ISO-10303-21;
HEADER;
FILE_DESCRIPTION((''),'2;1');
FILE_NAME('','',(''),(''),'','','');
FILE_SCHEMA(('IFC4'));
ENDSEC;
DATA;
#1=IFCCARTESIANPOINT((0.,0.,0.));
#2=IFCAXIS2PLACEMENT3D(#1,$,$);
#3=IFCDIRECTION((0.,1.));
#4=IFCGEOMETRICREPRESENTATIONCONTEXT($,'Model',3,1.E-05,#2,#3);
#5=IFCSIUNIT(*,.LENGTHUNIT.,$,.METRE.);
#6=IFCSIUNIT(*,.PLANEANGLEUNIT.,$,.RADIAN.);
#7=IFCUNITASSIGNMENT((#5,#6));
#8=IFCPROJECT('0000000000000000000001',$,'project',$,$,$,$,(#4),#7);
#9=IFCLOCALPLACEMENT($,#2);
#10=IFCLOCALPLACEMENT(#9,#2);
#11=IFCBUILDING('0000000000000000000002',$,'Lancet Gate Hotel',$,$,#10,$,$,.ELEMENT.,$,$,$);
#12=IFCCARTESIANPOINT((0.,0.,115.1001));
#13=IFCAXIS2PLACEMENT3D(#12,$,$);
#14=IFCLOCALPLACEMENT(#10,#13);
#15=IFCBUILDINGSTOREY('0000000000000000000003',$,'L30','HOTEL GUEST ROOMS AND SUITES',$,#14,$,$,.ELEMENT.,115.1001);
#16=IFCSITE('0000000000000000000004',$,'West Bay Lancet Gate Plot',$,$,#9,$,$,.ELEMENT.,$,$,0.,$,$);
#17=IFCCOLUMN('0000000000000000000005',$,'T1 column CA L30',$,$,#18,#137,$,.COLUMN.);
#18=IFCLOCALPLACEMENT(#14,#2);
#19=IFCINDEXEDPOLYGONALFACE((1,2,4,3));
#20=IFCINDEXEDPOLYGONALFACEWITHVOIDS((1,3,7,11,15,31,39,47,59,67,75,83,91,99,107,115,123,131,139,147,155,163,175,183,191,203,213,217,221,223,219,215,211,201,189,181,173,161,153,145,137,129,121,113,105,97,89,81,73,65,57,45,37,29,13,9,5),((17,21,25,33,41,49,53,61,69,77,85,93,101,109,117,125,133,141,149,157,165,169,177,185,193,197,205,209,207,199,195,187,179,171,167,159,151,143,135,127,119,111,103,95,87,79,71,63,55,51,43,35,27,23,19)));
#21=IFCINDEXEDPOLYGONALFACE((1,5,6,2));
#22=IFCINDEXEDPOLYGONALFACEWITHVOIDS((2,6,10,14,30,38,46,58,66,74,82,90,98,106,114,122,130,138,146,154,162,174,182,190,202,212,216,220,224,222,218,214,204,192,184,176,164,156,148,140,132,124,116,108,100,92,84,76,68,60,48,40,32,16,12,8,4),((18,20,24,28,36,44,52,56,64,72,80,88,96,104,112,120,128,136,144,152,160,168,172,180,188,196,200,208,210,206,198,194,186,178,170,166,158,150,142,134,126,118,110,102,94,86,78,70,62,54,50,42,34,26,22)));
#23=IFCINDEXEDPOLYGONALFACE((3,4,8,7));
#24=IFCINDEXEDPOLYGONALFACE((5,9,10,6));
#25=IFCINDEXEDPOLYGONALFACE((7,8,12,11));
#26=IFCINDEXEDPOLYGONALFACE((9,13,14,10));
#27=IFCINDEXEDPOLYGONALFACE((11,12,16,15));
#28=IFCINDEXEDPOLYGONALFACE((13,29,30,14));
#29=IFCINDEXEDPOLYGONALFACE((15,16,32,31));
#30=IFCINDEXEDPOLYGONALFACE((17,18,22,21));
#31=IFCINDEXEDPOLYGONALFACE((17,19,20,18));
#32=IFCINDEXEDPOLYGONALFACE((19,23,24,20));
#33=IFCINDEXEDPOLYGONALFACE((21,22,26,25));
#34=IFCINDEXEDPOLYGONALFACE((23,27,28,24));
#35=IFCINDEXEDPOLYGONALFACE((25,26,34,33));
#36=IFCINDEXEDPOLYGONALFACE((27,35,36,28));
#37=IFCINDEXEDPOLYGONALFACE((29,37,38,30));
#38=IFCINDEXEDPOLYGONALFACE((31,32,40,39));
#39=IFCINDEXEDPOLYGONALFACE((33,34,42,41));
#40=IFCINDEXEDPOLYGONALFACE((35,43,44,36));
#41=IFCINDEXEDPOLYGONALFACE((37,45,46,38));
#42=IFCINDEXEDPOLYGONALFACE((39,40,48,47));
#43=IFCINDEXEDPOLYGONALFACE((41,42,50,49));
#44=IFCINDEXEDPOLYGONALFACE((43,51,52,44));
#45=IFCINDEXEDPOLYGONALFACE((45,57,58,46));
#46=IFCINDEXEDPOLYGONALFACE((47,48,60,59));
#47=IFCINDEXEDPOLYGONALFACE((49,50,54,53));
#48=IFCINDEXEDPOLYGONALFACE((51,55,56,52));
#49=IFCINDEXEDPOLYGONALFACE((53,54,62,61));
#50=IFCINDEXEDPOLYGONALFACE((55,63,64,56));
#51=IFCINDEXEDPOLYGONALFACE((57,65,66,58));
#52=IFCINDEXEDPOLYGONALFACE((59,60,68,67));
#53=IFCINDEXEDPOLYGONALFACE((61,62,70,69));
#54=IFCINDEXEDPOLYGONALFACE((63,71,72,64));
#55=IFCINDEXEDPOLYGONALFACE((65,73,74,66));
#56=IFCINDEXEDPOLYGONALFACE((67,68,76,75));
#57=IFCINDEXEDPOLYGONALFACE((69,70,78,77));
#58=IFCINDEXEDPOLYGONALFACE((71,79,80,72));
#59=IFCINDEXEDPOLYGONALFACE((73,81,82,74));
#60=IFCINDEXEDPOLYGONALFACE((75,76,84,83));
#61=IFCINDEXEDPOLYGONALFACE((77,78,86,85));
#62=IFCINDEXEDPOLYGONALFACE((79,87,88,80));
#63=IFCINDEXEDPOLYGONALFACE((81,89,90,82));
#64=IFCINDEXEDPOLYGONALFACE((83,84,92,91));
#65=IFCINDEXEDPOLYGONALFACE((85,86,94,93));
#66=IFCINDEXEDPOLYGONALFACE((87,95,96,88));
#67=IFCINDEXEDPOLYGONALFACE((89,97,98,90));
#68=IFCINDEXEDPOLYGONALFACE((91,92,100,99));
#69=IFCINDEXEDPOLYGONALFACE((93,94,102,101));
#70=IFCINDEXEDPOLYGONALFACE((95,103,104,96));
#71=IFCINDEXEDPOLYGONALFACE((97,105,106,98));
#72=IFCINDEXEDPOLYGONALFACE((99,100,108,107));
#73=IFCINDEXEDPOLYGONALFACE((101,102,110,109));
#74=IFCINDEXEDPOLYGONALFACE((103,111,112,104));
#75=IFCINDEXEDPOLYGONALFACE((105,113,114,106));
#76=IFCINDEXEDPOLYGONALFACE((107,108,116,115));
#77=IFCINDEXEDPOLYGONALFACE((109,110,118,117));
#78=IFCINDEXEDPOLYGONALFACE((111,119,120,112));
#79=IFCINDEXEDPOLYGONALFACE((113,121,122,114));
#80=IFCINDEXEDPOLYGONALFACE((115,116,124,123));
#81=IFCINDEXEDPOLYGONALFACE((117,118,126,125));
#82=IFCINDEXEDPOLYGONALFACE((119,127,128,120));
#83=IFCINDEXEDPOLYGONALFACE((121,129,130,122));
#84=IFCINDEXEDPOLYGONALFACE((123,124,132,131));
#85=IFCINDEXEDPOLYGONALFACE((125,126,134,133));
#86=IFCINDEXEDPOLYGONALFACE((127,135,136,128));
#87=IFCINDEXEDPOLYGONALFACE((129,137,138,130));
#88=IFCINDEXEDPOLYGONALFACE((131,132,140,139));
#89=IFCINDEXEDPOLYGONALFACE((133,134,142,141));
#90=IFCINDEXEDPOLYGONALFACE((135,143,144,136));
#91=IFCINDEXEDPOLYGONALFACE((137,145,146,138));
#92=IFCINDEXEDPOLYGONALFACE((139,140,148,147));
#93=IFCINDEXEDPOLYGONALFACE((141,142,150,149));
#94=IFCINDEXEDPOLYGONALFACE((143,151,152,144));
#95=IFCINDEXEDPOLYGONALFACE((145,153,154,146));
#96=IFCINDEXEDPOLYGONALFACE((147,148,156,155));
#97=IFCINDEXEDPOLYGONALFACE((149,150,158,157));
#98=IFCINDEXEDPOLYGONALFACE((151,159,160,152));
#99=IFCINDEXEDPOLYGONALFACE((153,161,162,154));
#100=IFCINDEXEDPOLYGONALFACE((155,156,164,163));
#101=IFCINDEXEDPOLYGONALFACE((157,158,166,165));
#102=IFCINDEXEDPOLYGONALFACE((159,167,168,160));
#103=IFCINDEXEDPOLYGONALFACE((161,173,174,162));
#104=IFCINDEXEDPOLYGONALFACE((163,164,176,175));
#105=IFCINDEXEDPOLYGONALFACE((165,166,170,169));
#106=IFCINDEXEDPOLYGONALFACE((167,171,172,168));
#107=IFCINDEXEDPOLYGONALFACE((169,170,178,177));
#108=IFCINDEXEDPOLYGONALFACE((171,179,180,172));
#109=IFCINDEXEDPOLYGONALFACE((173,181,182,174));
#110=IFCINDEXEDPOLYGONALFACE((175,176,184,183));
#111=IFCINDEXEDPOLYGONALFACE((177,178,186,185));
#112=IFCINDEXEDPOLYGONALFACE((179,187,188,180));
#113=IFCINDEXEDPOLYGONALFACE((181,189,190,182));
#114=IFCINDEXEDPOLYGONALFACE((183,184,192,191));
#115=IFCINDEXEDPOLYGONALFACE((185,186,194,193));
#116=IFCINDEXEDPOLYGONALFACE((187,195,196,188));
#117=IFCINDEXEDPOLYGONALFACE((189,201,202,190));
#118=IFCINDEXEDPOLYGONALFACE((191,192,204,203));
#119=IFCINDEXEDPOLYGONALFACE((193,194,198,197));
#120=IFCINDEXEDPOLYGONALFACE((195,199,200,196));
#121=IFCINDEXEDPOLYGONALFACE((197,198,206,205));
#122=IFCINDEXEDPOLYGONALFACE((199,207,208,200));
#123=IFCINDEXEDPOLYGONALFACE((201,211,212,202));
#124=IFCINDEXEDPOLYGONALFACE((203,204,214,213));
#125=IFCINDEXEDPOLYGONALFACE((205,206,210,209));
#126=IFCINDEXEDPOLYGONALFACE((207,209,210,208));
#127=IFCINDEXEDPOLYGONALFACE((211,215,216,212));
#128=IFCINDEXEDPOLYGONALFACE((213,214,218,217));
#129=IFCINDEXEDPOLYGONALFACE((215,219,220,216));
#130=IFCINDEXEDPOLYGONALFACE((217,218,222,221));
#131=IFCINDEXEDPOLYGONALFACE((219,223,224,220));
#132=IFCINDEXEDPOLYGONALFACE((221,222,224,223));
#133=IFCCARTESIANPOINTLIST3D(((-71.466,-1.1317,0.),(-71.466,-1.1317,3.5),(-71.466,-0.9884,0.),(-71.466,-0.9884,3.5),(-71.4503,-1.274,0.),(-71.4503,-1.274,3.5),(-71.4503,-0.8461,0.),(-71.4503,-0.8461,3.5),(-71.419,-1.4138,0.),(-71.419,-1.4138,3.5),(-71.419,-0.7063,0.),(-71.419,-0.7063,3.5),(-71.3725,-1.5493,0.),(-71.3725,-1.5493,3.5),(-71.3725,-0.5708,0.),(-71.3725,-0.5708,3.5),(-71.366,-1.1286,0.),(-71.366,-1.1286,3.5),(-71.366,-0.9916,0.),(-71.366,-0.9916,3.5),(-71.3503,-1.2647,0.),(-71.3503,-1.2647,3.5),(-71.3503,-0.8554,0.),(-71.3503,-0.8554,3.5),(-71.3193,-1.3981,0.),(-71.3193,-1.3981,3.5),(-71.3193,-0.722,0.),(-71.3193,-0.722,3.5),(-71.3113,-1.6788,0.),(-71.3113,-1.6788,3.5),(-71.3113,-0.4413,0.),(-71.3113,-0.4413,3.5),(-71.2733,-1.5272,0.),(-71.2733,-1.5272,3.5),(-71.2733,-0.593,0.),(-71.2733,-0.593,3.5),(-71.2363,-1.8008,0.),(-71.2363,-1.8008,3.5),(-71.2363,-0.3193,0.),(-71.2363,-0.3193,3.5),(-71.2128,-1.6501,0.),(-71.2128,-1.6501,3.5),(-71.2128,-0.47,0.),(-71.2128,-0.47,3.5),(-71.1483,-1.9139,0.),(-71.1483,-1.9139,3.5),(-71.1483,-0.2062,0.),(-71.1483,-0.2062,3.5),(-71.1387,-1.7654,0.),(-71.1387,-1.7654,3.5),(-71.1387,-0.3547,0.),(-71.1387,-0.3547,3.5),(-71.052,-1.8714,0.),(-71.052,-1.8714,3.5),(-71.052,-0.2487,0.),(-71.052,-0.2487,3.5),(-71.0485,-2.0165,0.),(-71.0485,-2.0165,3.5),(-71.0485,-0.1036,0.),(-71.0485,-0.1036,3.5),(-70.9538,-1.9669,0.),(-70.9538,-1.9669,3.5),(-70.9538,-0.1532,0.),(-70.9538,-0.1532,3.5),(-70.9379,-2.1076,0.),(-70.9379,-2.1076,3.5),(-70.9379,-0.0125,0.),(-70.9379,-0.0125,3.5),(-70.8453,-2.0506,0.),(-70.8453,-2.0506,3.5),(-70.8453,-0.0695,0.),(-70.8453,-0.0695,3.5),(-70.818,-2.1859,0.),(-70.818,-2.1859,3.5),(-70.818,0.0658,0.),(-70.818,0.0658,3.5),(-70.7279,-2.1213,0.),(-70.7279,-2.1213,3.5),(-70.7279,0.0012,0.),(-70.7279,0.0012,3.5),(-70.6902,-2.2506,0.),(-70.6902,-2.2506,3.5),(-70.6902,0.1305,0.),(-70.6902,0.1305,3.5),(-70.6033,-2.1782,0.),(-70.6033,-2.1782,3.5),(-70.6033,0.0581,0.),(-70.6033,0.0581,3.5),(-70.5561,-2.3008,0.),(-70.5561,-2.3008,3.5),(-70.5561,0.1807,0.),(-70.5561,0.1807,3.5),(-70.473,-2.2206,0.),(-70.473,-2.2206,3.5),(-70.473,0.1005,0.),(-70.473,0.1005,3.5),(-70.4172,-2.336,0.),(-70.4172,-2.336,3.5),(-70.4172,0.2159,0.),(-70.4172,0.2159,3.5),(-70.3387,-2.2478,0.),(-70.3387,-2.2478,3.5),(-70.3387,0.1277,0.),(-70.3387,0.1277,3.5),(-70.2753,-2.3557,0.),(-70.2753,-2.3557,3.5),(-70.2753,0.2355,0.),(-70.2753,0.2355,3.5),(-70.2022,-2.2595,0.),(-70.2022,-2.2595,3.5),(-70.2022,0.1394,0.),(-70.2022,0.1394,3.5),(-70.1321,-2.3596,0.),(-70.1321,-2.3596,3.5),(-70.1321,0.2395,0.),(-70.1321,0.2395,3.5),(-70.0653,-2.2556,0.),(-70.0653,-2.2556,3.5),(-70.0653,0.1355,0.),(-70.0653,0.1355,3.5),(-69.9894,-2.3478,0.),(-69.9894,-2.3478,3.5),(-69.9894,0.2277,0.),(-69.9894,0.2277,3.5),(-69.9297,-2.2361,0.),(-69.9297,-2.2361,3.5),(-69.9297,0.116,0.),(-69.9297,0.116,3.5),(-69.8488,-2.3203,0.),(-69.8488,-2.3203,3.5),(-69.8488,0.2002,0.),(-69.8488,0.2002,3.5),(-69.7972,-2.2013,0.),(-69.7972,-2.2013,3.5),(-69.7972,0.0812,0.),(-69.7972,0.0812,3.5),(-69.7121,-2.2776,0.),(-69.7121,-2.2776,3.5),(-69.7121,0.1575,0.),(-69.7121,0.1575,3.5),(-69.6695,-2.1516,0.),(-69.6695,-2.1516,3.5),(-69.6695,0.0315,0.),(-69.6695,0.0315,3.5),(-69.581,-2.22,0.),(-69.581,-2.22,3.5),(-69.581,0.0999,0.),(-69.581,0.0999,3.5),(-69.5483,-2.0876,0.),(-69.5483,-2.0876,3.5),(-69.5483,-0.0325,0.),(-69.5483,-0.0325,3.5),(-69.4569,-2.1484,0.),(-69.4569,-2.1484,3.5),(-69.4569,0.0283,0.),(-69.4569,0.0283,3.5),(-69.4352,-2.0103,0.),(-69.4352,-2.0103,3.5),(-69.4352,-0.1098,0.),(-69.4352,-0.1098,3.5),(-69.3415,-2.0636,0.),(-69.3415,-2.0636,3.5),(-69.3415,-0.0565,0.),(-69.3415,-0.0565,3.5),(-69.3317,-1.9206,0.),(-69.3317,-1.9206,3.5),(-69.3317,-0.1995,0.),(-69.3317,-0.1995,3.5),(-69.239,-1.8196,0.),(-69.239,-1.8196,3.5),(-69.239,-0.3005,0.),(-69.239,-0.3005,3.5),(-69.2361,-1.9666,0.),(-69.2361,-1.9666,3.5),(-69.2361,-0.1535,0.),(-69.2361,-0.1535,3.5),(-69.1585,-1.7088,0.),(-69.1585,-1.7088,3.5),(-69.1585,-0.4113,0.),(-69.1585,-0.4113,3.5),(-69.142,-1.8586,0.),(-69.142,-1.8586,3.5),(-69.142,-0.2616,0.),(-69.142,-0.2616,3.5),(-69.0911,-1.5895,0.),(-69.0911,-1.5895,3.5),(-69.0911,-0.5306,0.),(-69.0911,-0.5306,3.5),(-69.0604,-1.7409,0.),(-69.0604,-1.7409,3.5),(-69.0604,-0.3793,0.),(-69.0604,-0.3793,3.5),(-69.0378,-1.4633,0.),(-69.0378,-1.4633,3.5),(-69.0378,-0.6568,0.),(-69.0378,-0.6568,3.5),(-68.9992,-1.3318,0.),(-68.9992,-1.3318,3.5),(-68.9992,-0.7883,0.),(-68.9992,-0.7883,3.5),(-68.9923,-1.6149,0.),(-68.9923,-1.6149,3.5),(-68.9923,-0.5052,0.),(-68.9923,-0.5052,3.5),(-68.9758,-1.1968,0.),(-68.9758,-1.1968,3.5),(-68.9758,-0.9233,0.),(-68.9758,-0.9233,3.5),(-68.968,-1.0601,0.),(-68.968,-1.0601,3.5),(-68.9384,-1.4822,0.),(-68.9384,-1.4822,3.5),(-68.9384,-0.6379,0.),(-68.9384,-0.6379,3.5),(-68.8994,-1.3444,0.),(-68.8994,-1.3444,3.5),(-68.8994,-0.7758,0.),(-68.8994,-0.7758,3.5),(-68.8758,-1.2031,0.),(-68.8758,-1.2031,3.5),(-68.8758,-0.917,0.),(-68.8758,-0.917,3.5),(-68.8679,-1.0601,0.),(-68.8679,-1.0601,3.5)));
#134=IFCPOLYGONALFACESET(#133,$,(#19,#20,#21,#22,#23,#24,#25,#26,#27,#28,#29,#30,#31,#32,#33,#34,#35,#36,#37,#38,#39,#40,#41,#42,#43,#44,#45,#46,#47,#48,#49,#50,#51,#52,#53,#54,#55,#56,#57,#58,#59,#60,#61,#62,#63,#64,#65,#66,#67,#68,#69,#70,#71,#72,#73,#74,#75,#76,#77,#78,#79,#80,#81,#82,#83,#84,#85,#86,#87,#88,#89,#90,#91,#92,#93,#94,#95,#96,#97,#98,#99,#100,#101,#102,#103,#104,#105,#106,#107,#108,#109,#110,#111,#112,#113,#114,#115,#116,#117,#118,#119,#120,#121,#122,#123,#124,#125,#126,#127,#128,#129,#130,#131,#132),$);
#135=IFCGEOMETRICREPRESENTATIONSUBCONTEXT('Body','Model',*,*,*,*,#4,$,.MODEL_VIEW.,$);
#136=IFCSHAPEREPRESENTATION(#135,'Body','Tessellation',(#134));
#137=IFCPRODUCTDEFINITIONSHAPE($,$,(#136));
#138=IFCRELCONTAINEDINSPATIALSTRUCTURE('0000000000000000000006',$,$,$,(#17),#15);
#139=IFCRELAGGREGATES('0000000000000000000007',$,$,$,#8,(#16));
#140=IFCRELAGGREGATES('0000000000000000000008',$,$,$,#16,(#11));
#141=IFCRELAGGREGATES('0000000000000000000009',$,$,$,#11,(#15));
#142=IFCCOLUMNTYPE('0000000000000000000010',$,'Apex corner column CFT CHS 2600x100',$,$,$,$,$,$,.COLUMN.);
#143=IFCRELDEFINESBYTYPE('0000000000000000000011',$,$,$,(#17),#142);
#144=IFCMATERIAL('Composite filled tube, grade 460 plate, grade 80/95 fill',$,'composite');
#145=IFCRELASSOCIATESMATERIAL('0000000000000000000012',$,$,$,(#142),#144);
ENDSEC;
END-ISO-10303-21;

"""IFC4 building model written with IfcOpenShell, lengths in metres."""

from ifc_helpers import new_model, si_unit, direction, frame, origin, origin_2d, place, context, subcontext, project, spatial, hollow_circle, extrude, material, material_profile, profile_set, type_object, element, save


model = new_model("IFC4")

# Units and contexts
model_context = context("Model", 3, precision=1e-05, world=origin(), true_north=direction((0.0, 1.0)))
body_context = subcontext(model_context, "Body", "Model", "MODEL_VIEW")
ifc_project = project(units=[si_unit("LENGTHUNIT", "METRE"), si_unit("PLANEANGLEUNIT", "RADIAN")], contexts=[model_context])

# Site, building, storey
site_placement = place(None, origin())
site = spatial("IfcSite", under=ifc_project, at=site_placement, Name="West Bay Lancet Gate Plot", CompositionType="ELEMENT", RefElevation=0.0)
building_placement = place(site_placement, origin())
building = spatial("IfcBuilding", under=site, at=building_placement, Name="Lancet Gate Hotel", CompositionType="ELEMENT")
storey_placement = place(building_placement, frame((0.0, 0.0, 115.1001)))
storey = spatial("IfcBuildingStorey", under=building, at=storey_placement, Name="L30", Description="HOTEL GUEST ROOMS AND SUITES", CompositionType="ELEMENT", Elevation=115.1001)

# Column
ifc_material_1 = material(Name="Composite filled tube, grade 460 plate, grade 80/95 fill", Category="composite")
ifc_material_profile_1 = material_profile(ifc_material_1, hollow_circle(Radius=1.3, WallThickness=0.1001, at=origin_2d()), Name="CHS 2600x100")
ifc_profile_set_1 = profile_set([ifc_material_profile_1], Name="Composite filled tube, grade 460 plate, grade 80/95 fill")
column_type_1 = type_object("IfcColumnType", Name="Apex corner column CFT CHS 2600x100", PredefinedType="COLUMN", material=ifc_profile_set_1)
column_1_placement = place(storey_placement, frame((-70.168, -1.0601, 0.0), z_axis=(0.0, 0.0, 1.0), x_axis=(1.0, 0.0, 0.0)))
element("IfcColumn", 1, at=column_1_placement, inside=storey, type_object=column_type_1, Name="T1 column CA L30", PredefinedType="COLUMN", context=body_context, shape_type="SweptSolid", body=[
    extrude(hollow_circle(Radius=1.3, WallThickness=0.1001, at=origin_2d()), origin(), (0.0, 0.0, 1.0), 3.5),
])

save(model, "model.ifc")
